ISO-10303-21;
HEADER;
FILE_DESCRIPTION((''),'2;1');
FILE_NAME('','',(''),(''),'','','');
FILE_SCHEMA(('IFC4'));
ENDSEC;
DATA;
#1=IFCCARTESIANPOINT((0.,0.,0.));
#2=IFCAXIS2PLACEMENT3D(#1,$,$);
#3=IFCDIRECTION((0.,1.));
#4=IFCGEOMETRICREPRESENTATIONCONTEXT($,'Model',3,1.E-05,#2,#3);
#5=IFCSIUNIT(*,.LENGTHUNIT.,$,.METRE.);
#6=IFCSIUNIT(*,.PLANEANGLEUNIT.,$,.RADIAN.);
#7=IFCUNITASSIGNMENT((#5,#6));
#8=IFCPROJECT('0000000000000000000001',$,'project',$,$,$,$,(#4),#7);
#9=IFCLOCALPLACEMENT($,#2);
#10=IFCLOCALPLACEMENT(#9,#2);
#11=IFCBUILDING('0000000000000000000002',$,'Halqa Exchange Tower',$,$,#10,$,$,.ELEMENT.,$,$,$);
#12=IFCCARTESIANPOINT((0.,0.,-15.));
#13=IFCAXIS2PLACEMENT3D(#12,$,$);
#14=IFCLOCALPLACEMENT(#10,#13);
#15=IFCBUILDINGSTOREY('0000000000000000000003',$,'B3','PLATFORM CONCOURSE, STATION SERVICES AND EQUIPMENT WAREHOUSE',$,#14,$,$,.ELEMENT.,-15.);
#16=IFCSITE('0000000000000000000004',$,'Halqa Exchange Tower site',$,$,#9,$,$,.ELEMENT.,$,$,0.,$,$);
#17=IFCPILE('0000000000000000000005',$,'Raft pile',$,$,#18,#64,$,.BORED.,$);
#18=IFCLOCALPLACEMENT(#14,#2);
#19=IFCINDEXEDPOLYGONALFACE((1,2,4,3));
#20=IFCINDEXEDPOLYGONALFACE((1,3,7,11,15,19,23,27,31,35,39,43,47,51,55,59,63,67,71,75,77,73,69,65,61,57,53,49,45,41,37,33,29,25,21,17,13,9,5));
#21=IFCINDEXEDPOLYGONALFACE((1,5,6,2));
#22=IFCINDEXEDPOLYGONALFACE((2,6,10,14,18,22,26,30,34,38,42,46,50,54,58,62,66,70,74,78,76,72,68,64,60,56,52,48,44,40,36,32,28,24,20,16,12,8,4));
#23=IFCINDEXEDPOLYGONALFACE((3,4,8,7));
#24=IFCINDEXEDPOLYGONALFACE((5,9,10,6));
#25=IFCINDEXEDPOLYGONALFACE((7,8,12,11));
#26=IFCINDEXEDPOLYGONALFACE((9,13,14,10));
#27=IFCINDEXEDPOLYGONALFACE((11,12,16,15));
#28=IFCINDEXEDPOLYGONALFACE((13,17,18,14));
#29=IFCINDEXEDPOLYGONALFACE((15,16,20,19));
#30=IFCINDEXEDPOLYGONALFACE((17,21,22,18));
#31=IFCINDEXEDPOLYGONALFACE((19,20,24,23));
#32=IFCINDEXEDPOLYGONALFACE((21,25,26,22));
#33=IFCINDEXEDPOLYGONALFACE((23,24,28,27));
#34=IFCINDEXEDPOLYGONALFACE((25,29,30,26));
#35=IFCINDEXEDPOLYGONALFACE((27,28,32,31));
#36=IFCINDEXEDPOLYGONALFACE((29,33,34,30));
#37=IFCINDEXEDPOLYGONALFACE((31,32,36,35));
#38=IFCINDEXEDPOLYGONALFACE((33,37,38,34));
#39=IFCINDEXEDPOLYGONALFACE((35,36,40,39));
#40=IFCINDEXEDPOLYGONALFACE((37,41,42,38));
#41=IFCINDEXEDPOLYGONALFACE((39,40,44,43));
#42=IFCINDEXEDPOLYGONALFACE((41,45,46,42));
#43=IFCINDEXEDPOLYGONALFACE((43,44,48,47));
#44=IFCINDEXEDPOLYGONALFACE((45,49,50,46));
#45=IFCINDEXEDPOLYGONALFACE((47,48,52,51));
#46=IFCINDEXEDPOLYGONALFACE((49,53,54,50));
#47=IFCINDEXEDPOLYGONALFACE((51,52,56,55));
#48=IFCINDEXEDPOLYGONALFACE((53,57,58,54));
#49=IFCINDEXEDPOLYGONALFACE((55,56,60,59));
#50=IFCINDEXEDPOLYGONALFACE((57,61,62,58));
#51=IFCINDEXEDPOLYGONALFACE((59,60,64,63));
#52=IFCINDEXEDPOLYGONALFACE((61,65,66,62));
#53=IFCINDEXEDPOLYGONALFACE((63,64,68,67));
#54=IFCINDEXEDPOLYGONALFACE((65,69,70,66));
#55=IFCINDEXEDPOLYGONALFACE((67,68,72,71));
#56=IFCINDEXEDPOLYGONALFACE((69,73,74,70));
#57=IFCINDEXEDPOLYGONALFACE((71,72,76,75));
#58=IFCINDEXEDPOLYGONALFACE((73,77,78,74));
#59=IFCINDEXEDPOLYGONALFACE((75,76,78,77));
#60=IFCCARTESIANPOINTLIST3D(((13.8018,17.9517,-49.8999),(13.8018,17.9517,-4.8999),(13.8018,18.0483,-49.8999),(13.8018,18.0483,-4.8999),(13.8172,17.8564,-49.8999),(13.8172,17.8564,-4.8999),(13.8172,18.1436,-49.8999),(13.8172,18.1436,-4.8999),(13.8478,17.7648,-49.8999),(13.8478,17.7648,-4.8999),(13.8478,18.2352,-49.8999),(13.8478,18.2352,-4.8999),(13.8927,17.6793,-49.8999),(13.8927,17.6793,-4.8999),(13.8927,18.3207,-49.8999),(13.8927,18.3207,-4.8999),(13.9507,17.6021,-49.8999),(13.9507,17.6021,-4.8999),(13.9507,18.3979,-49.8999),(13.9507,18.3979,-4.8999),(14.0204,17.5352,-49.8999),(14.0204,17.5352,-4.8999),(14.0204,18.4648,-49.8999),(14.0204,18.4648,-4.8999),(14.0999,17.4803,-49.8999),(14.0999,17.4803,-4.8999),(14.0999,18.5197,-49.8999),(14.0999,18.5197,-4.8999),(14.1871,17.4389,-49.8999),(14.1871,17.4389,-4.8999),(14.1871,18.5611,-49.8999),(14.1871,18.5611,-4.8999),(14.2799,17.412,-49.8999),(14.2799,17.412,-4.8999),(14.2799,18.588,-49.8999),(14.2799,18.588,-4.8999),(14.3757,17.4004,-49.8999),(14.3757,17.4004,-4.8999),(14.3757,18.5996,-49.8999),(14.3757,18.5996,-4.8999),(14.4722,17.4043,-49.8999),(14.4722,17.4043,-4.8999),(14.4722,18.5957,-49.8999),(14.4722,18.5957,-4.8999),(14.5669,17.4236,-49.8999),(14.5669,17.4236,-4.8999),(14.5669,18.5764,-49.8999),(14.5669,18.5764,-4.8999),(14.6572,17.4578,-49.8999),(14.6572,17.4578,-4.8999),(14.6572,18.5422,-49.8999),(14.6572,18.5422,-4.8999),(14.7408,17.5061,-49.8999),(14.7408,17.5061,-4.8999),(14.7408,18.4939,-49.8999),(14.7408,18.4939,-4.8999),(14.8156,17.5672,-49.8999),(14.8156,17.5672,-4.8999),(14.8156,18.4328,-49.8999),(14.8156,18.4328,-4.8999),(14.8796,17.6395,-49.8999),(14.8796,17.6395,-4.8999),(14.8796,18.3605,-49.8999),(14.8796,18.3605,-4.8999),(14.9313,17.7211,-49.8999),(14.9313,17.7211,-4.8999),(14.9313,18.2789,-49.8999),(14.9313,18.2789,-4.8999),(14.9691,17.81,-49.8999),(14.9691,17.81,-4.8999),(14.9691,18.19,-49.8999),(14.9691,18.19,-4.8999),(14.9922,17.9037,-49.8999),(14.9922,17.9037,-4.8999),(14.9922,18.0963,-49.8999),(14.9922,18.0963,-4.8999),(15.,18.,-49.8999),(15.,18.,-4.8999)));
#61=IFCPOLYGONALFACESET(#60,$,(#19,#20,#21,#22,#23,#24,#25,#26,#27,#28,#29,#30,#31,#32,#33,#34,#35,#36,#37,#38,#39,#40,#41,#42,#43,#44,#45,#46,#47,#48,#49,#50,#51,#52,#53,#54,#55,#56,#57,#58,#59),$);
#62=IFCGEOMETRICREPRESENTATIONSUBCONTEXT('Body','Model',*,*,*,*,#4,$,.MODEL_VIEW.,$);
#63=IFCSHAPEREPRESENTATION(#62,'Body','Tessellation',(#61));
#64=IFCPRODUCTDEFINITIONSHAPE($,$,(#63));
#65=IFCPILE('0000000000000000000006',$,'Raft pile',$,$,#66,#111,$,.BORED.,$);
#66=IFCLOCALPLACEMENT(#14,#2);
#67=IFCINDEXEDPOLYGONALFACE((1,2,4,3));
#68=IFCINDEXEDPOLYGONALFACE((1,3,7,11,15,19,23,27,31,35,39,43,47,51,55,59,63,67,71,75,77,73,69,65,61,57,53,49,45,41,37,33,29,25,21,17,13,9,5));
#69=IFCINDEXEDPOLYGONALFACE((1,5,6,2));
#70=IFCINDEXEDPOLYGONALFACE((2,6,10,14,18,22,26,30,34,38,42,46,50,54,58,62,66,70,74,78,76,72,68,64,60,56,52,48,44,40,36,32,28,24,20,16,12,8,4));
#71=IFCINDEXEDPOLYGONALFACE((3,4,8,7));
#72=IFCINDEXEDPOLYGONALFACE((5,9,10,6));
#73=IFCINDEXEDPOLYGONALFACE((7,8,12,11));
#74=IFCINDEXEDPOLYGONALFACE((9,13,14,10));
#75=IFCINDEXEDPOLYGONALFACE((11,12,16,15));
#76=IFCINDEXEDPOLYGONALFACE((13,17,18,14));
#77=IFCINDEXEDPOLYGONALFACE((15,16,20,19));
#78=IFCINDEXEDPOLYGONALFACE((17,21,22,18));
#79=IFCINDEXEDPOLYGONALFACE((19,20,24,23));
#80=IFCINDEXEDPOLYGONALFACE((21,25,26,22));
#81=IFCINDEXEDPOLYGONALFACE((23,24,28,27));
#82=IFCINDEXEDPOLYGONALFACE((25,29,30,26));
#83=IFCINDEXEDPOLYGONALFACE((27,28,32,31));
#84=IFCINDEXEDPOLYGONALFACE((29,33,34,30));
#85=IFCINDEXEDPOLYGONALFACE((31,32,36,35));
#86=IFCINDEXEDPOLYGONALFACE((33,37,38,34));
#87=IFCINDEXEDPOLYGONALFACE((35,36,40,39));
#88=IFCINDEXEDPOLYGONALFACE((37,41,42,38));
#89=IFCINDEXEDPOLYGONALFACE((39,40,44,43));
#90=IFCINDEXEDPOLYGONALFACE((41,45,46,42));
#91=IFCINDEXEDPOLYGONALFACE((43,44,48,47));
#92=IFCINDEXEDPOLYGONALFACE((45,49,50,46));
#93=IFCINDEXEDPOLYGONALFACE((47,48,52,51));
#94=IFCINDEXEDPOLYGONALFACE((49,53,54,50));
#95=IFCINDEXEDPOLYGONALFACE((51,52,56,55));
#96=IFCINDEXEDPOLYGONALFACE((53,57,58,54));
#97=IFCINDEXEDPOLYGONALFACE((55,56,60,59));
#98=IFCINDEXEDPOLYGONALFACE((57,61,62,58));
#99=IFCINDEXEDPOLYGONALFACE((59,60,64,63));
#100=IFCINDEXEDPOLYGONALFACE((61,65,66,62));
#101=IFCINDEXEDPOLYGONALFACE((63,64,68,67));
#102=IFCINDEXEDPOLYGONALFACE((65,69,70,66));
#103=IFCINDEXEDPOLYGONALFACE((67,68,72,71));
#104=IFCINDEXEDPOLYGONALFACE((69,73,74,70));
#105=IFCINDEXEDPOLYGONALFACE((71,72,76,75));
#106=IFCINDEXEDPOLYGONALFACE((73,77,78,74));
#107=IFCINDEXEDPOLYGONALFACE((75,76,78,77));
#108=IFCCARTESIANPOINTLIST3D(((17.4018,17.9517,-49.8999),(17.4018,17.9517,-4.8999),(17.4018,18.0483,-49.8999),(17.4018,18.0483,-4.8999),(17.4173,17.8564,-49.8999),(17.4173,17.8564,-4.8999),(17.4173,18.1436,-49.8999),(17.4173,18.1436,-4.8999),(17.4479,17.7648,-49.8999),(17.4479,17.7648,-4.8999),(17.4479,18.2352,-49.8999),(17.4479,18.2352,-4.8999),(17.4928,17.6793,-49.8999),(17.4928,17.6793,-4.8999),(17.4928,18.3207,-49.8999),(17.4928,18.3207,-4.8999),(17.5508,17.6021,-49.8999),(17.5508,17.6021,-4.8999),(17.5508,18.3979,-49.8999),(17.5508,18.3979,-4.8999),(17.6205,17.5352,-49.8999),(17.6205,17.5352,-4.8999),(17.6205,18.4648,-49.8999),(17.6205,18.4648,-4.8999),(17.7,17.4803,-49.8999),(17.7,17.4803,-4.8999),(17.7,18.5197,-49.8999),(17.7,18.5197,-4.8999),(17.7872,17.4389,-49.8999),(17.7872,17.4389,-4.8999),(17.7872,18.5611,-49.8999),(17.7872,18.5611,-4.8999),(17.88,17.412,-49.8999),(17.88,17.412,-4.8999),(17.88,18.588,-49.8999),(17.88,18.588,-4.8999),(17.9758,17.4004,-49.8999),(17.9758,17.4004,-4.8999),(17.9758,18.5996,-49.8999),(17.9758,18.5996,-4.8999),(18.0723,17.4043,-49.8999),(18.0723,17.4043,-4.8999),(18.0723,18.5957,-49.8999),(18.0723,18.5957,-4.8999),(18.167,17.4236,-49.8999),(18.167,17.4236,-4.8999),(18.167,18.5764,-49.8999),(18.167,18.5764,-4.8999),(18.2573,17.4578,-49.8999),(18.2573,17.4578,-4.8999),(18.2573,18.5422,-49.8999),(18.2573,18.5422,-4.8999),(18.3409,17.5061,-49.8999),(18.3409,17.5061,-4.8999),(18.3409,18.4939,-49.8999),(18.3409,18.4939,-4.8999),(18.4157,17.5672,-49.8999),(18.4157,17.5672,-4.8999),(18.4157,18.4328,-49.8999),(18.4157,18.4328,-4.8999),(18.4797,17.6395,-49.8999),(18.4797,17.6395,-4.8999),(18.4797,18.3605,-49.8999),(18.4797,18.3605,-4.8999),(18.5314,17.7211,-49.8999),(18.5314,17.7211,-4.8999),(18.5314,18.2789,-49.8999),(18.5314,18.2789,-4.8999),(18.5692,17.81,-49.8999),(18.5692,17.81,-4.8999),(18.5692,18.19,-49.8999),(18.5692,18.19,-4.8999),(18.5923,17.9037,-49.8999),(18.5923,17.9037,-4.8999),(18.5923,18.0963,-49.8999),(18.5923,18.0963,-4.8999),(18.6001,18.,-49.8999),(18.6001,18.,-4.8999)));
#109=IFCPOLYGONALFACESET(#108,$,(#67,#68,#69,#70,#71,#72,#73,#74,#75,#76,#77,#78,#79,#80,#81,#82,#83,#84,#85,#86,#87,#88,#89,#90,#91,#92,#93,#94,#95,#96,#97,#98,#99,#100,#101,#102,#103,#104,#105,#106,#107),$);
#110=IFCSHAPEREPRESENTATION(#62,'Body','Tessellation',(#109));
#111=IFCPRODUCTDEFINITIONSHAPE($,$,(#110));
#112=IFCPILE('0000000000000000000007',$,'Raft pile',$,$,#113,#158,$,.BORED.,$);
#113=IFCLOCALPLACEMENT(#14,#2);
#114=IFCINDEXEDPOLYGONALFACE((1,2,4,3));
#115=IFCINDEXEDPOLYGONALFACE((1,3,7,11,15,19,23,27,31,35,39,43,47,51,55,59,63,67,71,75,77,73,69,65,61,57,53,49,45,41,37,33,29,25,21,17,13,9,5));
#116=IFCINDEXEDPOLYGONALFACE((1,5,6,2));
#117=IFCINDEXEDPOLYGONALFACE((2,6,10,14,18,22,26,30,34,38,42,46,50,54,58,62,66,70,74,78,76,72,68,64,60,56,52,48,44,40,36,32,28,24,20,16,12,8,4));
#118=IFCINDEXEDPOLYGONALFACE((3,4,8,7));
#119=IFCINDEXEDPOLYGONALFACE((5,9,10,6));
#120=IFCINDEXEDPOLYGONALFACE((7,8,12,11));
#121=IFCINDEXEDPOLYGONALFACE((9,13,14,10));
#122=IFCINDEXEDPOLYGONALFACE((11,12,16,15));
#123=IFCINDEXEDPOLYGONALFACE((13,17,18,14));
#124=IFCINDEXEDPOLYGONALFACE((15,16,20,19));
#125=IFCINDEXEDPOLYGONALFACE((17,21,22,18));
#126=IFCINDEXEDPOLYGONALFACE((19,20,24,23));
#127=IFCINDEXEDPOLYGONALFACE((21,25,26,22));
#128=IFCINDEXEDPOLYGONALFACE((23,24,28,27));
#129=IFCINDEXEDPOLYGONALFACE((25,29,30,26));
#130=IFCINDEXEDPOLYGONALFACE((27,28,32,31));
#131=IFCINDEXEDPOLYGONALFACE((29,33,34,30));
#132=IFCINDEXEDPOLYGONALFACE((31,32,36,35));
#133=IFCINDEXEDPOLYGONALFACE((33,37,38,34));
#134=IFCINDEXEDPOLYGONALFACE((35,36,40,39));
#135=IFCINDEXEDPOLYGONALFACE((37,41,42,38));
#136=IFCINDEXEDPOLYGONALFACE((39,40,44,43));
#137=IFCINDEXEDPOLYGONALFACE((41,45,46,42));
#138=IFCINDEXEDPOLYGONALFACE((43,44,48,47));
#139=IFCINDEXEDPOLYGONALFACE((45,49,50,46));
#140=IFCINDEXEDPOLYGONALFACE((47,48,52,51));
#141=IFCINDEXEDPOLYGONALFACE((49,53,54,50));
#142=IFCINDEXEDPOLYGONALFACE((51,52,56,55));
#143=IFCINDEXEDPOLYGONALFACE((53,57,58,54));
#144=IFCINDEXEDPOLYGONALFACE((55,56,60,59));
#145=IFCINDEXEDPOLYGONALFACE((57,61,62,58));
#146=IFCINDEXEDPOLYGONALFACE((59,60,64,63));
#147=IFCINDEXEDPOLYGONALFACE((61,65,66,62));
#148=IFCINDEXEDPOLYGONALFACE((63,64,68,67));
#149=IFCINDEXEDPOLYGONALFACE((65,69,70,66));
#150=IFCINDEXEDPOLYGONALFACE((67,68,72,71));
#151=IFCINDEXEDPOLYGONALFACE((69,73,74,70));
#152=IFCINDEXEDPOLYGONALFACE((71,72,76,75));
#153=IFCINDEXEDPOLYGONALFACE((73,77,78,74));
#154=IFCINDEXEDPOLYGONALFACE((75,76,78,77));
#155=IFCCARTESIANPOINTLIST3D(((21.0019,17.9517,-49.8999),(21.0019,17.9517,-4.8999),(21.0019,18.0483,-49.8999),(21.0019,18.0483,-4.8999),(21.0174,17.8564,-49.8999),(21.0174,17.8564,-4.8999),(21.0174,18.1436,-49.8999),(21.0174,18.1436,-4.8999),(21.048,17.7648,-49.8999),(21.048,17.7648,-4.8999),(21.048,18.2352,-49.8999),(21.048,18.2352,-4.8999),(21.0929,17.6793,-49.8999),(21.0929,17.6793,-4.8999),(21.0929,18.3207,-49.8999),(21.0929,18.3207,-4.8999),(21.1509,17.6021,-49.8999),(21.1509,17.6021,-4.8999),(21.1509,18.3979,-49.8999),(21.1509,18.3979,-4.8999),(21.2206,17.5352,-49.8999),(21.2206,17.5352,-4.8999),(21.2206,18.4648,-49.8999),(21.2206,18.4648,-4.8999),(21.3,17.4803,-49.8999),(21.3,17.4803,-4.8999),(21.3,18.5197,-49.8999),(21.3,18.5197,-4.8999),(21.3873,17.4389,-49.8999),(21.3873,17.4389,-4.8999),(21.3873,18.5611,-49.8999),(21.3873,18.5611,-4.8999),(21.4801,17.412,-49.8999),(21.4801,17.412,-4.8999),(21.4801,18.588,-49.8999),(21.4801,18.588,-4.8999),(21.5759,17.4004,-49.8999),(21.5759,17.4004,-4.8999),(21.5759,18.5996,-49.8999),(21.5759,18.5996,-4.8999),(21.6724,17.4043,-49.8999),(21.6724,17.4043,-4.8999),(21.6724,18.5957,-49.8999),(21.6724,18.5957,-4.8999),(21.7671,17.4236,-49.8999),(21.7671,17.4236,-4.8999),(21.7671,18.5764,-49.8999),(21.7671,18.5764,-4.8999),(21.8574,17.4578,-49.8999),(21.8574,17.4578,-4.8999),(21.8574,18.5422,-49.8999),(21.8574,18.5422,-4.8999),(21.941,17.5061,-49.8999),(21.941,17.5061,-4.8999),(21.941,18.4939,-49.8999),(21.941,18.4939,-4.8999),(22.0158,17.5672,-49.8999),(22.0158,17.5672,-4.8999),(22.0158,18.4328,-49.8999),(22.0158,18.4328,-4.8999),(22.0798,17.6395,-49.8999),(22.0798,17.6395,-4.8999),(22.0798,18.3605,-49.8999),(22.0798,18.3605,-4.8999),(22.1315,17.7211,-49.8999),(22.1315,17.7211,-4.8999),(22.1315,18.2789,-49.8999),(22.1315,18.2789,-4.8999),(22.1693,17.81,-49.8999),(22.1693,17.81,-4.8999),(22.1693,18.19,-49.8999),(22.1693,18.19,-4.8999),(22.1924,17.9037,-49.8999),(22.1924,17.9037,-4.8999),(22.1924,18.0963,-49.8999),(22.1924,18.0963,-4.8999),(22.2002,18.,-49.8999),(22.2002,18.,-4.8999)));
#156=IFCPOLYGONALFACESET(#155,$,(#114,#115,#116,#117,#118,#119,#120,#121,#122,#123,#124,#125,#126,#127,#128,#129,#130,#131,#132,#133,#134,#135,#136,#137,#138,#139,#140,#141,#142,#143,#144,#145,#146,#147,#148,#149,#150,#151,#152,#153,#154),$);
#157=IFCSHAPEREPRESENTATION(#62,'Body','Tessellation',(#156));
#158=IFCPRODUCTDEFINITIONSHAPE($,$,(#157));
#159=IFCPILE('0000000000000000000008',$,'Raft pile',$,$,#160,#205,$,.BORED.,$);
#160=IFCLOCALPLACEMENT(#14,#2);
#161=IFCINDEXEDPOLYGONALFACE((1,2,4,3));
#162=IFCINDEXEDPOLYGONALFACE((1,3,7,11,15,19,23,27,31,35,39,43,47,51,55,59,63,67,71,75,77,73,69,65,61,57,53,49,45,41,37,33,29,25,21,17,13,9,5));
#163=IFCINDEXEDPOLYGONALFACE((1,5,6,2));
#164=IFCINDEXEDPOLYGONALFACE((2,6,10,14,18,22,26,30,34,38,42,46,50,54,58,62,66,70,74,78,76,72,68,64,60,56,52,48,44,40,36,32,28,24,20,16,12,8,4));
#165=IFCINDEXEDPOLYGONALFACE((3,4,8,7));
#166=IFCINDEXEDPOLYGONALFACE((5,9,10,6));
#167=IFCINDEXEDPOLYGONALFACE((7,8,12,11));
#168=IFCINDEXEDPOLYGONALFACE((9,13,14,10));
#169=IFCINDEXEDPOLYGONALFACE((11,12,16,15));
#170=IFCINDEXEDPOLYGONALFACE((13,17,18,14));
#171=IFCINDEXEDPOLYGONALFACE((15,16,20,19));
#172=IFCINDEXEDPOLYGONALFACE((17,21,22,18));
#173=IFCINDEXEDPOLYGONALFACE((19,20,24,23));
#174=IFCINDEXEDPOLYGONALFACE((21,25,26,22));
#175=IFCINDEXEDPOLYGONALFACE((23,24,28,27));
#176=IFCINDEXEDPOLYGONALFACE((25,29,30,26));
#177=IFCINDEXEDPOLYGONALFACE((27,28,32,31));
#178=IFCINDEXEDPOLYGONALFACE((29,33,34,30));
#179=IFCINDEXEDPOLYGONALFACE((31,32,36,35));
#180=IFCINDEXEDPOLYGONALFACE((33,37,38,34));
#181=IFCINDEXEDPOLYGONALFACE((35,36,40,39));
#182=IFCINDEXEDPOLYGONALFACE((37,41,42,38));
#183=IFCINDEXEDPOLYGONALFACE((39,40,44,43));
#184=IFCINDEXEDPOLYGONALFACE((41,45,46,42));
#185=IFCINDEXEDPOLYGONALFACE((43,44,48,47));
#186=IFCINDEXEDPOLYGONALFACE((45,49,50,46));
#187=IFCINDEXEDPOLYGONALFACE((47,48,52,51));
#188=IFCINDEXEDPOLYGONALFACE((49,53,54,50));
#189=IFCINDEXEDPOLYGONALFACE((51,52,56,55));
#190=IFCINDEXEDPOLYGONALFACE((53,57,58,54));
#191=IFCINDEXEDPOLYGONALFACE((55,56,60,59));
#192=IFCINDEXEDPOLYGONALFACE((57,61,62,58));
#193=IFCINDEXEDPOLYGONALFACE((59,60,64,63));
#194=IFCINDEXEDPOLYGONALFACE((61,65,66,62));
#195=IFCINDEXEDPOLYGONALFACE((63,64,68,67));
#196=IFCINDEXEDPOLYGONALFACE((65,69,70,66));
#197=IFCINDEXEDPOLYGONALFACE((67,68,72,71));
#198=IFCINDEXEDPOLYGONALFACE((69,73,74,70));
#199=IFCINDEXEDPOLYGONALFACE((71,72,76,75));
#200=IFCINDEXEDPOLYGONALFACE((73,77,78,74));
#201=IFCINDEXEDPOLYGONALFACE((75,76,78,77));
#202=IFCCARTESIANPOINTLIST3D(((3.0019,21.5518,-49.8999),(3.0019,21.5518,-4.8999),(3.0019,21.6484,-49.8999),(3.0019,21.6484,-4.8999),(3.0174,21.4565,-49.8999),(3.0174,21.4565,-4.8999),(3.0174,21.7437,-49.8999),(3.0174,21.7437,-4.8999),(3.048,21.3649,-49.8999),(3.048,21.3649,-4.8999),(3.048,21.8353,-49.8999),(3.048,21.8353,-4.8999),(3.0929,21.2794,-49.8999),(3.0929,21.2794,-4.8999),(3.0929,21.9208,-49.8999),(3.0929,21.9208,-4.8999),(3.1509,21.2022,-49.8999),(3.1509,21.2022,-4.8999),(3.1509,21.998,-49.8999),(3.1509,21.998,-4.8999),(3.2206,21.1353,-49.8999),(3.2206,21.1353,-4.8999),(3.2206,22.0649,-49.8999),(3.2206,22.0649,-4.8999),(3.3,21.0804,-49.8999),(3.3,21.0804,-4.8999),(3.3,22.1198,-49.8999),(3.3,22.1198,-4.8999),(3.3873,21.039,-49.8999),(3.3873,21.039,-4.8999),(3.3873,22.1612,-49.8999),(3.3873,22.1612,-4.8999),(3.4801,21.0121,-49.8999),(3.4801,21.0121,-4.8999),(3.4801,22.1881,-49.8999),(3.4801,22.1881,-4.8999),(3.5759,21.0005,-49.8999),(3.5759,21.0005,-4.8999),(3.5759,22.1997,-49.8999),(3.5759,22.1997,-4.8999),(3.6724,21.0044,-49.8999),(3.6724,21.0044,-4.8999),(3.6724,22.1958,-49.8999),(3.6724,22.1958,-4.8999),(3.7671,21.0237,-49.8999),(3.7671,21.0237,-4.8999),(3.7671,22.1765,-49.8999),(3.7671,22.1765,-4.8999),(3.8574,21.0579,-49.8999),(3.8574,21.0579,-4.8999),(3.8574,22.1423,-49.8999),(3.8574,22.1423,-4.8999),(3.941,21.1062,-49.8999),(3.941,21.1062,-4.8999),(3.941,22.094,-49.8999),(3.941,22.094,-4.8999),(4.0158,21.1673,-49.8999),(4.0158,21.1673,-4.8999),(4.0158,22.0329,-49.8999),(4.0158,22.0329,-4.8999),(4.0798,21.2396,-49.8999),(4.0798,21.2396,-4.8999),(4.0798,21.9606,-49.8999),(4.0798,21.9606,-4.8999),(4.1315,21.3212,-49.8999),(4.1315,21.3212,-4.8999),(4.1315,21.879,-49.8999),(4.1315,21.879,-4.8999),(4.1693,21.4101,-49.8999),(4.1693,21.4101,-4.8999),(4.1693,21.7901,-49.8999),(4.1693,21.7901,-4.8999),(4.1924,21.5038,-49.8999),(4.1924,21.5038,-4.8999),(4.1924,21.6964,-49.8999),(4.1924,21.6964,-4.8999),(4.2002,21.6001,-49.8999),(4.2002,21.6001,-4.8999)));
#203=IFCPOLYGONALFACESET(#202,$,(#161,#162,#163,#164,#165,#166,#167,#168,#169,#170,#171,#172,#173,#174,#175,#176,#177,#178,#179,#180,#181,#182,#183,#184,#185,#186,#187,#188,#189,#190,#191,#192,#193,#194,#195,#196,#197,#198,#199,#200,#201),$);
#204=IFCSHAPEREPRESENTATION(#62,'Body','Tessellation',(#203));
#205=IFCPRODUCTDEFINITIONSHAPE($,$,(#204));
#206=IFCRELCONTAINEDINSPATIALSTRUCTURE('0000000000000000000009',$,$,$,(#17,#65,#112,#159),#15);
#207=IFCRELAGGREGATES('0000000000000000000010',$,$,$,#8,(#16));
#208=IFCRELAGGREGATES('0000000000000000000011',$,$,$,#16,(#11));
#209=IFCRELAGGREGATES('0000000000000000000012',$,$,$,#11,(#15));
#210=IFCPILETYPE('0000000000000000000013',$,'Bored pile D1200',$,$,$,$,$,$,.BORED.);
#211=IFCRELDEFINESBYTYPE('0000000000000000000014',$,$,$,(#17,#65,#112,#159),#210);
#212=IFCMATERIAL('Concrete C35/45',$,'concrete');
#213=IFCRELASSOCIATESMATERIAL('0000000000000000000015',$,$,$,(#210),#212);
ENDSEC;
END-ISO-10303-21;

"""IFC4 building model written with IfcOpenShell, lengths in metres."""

from ifc_helpers import new_model, si_unit, direction, frame, origin, origin_2d, place, context, subcontext, project, spatial, circle, extrude, material, material_profile, profile_set, type_object, element, save


model = new_model("IFC4")

# Units and contexts
model_context = context("Model", 3, precision=1e-05, world=origin(), true_north=direction((0.0, 1.0)))
body_context = subcontext(model_context, "Body", "Model", "MODEL_VIEW")
ifc_project = project(units=[si_unit("LENGTHUNIT", "METRE"), si_unit("PLANEANGLEUNIT", "RADIAN")], contexts=[model_context])

# Site, building, storey
site_placement = place(None, origin())
site = spatial("IfcSite", under=ifc_project, at=site_placement, Name="Halqa Exchange Tower site", CompositionType="ELEMENT", RefElevation=0.0)
building_placement = place(site_placement, origin())
building = spatial("IfcBuilding", under=site, at=building_placement, Name="Halqa Exchange Tower", CompositionType="ELEMENT")
storey_placement = place(building_placement, frame((0.0, 0.0, -15.0)))
storey = spatial("IfcBuildingStorey", under=building, at=storey_placement, Name="B3", Description="PLATFORM CONCOURSE, STATION SERVICES AND EQUIPMENT WAREHOUSE", CompositionType="ELEMENT", Elevation=-15.0)

# Piles
ifc_material_1 = material(Name="Concrete C35/45", Category="concrete")
ifc_material_profile_1 = material_profile(ifc_material_1, circle(Radius=0.6001, at=origin_2d()), Name="D1200")
ifc_profile_set_1 = profile_set([ifc_material_profile_1], Name="Concrete C35/45")
pile_type_1 = type_object("IfcPileType", Name="Bored pile D1200", PredefinedType="BORED", material=ifc_profile_set_1)
for number, where, z_axis, x_axis, name in (
    (1, (14.3999, 18.0, -4.8999), (0.0, 0.0, -1.0), (1.0, 0.0, 0.0), "Raft pile"),
    (2, (18.0, 18.0, -4.8999), (0.0, 0.0, -1.0), (1.0, 0.0, 0.0), "Raft pile"),
    (3, (21.6001, 18.0, -4.8999), (0.0, 0.0, -1.0), (1.0, 0.0, 0.0), "Raft pile"),
    (4, (3.6001, 21.6001, -4.8999), (0.0, 0.0, -1.0), (1.0, 0.0, 0.0), "Raft pile"),
):
    element("IfcPile", number, at=place(storey_placement, frame(where, z_axis=z_axis, x_axis=x_axis)), inside=storey, type_object=pile_type_1, Name=name, PredefinedType="BORED", context=body_context, shape_type="SweptSolid", body=[
        extrude(circle(Radius=0.6001, at=origin_2d()), origin(), (0.0, 0.0, 1.0), 45.0),
    ])

save(model, "model.ifc")
